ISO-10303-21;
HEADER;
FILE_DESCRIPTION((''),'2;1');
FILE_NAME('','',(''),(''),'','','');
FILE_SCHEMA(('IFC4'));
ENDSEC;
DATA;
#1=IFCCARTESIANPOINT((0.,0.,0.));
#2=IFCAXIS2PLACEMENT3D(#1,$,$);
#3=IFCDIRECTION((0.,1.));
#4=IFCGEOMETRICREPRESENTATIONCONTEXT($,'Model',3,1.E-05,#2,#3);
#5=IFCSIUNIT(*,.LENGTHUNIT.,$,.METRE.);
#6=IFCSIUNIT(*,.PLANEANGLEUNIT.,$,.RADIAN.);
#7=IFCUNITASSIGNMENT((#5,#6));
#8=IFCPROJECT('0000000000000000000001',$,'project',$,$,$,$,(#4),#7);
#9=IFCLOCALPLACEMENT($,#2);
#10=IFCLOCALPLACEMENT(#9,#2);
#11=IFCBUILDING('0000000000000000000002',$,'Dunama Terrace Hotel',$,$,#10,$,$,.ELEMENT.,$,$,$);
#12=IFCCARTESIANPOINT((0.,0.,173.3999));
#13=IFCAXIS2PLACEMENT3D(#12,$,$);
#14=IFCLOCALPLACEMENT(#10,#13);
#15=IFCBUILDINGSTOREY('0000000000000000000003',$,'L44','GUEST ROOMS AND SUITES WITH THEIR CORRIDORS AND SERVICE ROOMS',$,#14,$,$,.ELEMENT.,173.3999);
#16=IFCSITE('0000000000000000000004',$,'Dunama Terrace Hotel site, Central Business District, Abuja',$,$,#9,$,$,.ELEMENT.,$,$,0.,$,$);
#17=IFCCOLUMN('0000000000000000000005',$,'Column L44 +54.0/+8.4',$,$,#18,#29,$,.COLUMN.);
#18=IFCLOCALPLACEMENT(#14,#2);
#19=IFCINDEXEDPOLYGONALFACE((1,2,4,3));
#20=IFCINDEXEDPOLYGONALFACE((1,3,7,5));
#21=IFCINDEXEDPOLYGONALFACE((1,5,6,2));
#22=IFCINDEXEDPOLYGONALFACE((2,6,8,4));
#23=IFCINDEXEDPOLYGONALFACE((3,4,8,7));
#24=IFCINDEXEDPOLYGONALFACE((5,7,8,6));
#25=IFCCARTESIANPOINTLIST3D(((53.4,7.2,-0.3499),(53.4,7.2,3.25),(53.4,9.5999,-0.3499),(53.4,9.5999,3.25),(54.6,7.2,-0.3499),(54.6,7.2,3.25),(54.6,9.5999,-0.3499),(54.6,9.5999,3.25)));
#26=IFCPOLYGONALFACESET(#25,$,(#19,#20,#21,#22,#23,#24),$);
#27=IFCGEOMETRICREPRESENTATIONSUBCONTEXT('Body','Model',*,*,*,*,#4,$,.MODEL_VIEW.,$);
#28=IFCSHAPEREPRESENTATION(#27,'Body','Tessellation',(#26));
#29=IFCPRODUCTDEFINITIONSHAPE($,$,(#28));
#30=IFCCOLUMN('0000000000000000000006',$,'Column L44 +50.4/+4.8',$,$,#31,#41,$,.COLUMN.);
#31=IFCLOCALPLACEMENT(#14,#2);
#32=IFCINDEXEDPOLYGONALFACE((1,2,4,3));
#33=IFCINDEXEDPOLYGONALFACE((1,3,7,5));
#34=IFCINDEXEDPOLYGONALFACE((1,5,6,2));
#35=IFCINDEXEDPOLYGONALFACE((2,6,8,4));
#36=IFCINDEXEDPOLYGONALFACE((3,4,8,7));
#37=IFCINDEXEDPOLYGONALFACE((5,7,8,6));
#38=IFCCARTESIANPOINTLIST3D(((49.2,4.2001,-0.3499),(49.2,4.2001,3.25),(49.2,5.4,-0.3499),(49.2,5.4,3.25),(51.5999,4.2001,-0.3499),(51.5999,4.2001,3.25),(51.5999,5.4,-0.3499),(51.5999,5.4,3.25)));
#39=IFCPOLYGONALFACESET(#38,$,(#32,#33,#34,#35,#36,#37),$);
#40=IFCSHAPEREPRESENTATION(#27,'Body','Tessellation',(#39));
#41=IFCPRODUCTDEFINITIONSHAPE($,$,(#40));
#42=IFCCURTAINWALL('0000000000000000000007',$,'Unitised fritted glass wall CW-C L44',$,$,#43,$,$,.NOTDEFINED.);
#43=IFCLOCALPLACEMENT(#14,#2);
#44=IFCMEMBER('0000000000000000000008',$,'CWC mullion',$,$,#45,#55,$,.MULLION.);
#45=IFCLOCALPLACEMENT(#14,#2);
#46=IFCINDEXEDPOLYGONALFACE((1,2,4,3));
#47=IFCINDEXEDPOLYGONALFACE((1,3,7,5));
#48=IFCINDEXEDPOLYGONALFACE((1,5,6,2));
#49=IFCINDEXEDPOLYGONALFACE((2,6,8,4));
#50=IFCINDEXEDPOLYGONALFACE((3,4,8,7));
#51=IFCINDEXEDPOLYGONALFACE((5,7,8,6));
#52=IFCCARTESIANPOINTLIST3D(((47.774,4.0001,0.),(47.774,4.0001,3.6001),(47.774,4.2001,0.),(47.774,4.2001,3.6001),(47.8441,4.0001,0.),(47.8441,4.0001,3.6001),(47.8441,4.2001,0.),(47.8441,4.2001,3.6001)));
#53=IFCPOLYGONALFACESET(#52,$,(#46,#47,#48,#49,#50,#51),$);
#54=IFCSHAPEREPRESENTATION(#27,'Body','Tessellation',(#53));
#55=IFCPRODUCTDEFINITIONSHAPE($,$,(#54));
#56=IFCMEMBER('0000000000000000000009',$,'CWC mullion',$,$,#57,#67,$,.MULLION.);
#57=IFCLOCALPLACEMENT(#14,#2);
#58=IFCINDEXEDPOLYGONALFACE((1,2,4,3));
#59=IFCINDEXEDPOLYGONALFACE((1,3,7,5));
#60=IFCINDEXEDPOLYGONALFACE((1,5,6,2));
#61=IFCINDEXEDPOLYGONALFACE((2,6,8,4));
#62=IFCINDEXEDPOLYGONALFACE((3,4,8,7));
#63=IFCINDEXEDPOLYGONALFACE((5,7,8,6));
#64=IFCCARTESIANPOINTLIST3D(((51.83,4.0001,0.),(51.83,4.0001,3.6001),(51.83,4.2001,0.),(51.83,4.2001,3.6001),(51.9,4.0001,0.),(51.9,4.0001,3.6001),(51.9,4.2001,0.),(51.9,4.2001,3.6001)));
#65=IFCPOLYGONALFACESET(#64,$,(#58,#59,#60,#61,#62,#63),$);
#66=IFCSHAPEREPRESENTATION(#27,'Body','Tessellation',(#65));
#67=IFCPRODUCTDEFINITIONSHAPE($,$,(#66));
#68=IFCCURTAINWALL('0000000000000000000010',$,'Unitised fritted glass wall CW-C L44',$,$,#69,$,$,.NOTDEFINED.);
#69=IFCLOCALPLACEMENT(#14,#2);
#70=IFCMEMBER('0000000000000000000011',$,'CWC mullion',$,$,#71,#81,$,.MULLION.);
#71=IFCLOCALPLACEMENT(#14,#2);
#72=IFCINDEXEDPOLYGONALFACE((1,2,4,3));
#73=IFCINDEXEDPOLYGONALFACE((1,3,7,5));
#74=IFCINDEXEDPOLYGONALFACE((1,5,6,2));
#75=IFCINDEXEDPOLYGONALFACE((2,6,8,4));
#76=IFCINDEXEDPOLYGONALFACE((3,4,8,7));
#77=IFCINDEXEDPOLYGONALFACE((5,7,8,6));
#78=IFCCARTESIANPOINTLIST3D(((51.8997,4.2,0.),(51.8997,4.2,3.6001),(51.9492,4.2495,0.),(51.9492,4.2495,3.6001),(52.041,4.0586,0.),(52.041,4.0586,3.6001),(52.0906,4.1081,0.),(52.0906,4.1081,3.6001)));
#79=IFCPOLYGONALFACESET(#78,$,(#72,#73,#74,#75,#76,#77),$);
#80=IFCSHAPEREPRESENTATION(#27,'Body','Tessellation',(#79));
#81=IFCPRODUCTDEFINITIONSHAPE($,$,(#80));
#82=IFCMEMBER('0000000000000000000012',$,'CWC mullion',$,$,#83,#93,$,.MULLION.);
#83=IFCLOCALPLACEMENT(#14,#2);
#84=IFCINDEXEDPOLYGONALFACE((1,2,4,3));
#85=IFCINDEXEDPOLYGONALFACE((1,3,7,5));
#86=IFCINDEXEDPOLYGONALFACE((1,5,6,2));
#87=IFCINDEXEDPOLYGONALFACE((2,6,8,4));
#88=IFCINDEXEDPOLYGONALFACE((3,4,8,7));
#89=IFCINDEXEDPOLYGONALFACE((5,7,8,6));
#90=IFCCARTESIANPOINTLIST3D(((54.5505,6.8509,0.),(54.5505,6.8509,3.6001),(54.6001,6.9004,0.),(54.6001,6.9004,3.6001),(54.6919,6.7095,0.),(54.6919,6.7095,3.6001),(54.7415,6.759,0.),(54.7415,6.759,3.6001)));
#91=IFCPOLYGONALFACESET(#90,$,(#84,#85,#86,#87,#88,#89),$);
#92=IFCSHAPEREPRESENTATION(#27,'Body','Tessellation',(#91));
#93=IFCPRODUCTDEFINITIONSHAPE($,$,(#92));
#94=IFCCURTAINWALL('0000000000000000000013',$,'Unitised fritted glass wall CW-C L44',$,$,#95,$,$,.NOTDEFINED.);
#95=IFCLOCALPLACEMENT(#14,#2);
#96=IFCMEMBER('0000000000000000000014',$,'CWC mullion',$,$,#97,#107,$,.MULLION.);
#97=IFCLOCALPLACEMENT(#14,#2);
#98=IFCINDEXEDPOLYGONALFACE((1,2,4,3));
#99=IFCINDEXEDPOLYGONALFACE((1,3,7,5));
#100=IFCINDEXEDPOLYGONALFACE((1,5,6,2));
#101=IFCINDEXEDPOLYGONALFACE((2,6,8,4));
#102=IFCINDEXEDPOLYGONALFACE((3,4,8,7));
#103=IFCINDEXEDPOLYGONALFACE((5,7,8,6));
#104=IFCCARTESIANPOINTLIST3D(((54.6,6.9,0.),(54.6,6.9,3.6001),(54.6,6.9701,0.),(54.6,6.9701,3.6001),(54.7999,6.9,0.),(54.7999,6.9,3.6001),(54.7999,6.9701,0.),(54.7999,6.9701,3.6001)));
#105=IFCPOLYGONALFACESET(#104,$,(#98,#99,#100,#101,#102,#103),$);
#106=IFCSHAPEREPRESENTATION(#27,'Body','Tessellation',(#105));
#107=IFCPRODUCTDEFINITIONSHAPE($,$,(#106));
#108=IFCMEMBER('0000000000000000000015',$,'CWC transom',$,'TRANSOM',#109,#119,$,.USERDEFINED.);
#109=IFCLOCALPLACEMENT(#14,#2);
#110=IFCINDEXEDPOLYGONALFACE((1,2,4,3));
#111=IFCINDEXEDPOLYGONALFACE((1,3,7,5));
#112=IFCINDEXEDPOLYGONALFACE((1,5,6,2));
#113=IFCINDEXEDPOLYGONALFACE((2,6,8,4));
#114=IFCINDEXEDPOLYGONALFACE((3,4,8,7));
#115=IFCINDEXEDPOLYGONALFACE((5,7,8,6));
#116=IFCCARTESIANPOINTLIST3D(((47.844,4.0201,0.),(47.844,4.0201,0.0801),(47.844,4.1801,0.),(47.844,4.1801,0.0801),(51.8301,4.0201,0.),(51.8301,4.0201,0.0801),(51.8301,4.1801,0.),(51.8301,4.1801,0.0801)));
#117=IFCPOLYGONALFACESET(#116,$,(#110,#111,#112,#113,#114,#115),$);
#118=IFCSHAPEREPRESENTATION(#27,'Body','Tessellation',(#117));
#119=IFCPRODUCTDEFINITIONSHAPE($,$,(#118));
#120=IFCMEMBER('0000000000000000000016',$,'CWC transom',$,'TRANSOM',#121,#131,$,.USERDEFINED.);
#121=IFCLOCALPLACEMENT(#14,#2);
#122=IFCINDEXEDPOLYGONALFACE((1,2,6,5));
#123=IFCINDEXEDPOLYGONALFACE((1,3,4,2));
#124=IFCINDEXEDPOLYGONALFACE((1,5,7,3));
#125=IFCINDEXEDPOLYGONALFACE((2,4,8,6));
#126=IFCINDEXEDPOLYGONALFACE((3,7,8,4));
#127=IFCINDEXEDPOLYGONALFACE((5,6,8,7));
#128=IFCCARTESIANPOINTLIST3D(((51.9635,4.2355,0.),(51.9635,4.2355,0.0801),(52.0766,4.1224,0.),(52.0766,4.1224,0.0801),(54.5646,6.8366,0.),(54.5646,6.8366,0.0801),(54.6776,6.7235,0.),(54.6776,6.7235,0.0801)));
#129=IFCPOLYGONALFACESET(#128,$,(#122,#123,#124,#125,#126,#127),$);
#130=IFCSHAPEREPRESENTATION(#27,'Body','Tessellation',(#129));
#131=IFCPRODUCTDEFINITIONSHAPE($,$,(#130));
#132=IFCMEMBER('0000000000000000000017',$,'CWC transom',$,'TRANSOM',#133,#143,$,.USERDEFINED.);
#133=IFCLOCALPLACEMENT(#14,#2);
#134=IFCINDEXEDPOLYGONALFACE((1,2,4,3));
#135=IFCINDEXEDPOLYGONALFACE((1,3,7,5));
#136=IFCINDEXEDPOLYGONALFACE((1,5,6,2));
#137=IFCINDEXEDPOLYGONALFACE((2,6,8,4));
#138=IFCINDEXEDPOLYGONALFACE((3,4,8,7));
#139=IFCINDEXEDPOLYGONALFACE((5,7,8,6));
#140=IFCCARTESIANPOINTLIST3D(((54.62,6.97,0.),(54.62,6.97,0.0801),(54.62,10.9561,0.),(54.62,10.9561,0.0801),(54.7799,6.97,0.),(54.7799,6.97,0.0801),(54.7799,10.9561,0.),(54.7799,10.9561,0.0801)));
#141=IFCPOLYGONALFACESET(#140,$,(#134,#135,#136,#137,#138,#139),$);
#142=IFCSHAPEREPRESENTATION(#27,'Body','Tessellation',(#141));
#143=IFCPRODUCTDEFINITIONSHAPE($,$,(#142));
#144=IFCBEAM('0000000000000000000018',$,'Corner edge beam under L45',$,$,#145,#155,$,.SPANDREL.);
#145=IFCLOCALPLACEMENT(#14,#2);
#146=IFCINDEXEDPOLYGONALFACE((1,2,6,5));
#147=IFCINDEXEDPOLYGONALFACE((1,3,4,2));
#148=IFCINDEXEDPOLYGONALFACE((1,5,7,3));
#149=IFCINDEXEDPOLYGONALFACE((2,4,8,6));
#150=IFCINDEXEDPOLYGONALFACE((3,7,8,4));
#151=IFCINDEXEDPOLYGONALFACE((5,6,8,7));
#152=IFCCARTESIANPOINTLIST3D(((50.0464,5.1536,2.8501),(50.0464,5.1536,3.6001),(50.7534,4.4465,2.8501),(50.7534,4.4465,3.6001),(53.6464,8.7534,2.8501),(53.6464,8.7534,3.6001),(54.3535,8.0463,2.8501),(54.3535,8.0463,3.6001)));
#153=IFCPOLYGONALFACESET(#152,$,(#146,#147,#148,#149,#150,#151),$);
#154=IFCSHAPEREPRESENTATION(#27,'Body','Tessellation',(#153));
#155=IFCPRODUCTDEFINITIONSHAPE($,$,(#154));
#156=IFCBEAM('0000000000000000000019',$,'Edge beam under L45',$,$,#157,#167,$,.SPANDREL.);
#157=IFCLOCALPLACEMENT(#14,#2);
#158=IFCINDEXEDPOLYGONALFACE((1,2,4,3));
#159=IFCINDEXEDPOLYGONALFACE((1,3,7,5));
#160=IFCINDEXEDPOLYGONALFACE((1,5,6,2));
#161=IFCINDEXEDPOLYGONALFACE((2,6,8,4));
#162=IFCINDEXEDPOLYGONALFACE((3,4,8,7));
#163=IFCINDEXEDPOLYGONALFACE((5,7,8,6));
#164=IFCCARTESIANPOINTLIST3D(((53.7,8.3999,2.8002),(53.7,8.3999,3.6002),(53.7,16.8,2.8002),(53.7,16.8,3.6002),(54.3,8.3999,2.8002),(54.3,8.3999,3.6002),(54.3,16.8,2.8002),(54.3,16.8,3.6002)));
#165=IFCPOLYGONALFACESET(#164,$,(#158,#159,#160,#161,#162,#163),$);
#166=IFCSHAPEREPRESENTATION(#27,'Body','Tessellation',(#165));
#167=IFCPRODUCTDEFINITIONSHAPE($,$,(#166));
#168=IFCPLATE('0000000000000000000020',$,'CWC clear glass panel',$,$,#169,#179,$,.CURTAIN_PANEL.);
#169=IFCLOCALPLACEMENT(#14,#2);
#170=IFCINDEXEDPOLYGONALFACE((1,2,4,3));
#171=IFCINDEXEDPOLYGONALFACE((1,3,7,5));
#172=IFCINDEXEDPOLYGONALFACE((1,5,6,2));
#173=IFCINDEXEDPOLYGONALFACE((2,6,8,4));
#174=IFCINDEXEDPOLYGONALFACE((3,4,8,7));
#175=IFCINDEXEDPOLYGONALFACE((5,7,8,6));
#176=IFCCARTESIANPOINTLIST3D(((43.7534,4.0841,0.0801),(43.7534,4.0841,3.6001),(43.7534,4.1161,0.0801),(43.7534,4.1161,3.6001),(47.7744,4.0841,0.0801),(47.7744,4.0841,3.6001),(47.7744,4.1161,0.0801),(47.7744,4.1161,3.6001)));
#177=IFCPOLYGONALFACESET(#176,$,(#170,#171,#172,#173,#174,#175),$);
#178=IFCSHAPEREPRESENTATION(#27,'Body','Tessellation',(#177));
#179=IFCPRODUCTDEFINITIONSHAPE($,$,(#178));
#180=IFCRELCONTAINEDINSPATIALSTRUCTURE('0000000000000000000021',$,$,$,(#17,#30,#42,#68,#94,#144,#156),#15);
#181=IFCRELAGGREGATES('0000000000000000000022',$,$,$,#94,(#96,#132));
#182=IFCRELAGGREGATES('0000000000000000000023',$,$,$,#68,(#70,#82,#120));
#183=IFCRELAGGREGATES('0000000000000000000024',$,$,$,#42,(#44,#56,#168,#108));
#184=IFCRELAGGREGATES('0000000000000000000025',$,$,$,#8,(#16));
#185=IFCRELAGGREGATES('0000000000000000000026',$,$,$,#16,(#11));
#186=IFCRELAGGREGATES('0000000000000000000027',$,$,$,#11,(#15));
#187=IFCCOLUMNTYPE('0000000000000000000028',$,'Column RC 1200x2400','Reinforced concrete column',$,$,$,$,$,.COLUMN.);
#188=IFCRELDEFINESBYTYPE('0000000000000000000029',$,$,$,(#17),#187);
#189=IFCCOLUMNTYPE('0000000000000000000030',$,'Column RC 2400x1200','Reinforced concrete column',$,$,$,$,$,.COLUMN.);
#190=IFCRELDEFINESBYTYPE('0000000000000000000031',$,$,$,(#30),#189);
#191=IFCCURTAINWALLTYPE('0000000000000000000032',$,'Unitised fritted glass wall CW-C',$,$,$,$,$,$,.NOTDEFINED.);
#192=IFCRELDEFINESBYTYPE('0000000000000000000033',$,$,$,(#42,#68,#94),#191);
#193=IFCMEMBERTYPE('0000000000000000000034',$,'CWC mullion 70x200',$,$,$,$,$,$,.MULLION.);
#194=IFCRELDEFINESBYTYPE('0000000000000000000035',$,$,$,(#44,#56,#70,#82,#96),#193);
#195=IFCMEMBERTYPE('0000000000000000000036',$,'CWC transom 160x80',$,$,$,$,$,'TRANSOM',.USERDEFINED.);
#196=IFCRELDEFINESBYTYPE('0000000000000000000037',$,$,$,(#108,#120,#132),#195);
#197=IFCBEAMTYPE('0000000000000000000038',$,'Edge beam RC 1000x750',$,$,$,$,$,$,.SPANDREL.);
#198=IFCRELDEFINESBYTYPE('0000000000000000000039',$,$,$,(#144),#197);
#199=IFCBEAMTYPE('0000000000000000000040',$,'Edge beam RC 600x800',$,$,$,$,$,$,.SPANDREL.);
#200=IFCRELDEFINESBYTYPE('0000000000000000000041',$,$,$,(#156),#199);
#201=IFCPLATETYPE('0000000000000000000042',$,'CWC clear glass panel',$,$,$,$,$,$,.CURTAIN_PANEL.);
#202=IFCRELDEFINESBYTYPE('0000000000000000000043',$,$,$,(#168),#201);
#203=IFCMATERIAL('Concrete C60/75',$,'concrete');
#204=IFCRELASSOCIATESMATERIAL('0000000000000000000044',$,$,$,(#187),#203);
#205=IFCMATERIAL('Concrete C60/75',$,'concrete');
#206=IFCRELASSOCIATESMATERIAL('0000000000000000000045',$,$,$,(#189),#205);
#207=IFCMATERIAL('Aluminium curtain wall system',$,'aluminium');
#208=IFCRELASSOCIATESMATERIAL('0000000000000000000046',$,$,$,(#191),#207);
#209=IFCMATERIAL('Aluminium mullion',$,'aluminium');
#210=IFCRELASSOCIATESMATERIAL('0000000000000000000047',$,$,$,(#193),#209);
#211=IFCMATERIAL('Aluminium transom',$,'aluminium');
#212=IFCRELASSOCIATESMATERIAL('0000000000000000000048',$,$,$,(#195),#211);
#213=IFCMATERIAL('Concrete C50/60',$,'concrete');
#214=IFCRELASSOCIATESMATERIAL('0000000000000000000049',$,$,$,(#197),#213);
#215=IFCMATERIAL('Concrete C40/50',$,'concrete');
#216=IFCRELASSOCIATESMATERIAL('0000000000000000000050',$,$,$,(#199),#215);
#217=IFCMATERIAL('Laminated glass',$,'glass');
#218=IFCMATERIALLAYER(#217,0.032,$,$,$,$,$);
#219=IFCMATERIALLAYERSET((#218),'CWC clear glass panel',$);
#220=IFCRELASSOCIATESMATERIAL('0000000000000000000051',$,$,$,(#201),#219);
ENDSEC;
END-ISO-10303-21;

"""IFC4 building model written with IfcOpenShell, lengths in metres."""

from ifc_helpers import new_model, si_unit, direction, frame, origin, origin_2d, place, context, subcontext, project, spatial, rectangle, extrude, material, layer, layer_set, material_profile, profile_set, type_object, element, aggregate, save


model = new_model("IFC4")

# Units and contexts
model_context = context("Model", 3, precision=1e-05, world=origin(), true_north=direction((0.0, 1.0)))
body_context = subcontext(model_context, "Body", "Model", "MODEL_VIEW")
ifc_project = project(units=[si_unit("LENGTHUNIT", "METRE"), si_unit("PLANEANGLEUNIT", "RADIAN")], contexts=[model_context])

# Site, building, storey
site_placement = place(None, origin())
site = spatial("IfcSite", under=ifc_project, at=site_placement, Name="Dunama Terrace Hotel site, Central Business District, Abuja", CompositionType="ELEMENT", RefElevation=0.0)
building_placement = place(site_placement, origin())
building = spatial("IfcBuilding", under=site, at=building_placement, Name="Dunama Terrace Hotel", CompositionType="ELEMENT")
storey_placement = place(building_placement, frame((0.0, 0.0, 173.3999)))
storey = spatial("IfcBuildingStorey", under=building, at=storey_placement, Name="L44", Description="GUEST ROOMS AND SUITES WITH THEIR CORRIDORS AND SERVICE ROOMS", CompositionType="ELEMENT", Elevation=173.3999)

# Columns
ifc_material_1 = material(Name="Concrete C60/75", Category="concrete")
ifc_material_profile_1 = material_profile(ifc_material_1, rectangle(XDim=1.2, YDim=2.3999, at=origin_2d()), Name="RC 1200x2400")
ifc_profile_set_1 = profile_set([ifc_material_profile_1], Name="Concrete C60/75")
column_type_1 = type_object("IfcColumnType", Name="Column RC 1200x2400", Description="Reinforced concrete column", PredefinedType="COLUMN", material=ifc_profile_set_1)
column_1_placement = place(storey_placement, frame((54.0, 8.3999, -0.3499), z_axis=(0.0, 0.0, 1.0), x_axis=(1.0, 0.0, 0.0)))
element("IfcColumn", 1, at=column_1_placement, inside=storey, type_object=column_type_1, Name="Column L44 +54.0/+8.4", PredefinedType="COLUMN", context=body_context, shape_type="SweptSolid", body=[
    extrude(rectangle(XDim=1.2, YDim=2.3999, at=origin_2d()), origin(), (0.0, 0.0, 1.0), 3.5999),
])
ifc_material_2 = material(Name="Concrete C60/75", Category="concrete")
ifc_material_profile_2 = material_profile(ifc_material_2, rectangle(XDim=2.3999, YDim=1.2, at=origin_2d()), Name="RC 2400x1200")
ifc_profile_set_2 = profile_set([ifc_material_profile_2], Name="Concrete C60/75")
column_type_2 = type_object("IfcColumnType", Name="Column RC 2400x1200", Description="Reinforced concrete column", PredefinedType="COLUMN", material=ifc_profile_set_2)
column_2_placement = place(storey_placement, frame((50.3999, 4.8, -0.3499), z_axis=(0.0, 0.0, 1.0), x_axis=(1.0, 0.0, 0.0)))
element("IfcColumn", 2, at=column_2_placement, inside=storey, type_object=column_type_2, Name="Column L44 +50.4/+4.8", PredefinedType="COLUMN", context=body_context, shape_type="SweptSolid", body=[
    extrude(rectangle(XDim=2.3999, YDim=1.2, at=origin_2d()), origin(), (0.0, 0.0, 1.0), 3.5999),
])

# Curtain walls, members
ifc_material_3 = material(Name="Aluminium curtain wall system", Category="aluminium")
curtain_wall_type = type_object("IfcCurtainWallType", Name="Unitised fritted glass wall CW-C", PredefinedType="NOTDEFINED", material=ifc_material_3)
curtain_wall_1_placement = place(storey_placement, origin())
curtain_wall_1 = element("IfcCurtainWall", 3, at=curtain_wall_1_placement, inside=storey, type_object=curtain_wall_type, Name="Unitised fritted glass wall CW-C L44", PredefinedType="NOTDEFINED")
ifc_material_4 = material(Name="Aluminium mullion", Category="aluminium")
ifc_material_profile_3 = material_profile(ifc_material_4, rectangle(XDim=0.0701, YDim=0.2, at=origin_2d()), Name="CWC MULLION 70X200")
ifc_profile_set_3 = profile_set([ifc_material_profile_3], Name="Aluminium mullion")
member_type_1 = type_object("IfcMemberType", Name="CWC mullion 70x200", PredefinedType="MULLION", material=ifc_profile_set_3)
member_1_placement = place(storey_placement, frame((47.8091, 4.1001, 0.0), z_axis=(0.0, 0.0, 1.0), x_axis=(1.0, 0.0, 0.0)))
member_1 = element("IfcMember", 4, at=member_1_placement, type_object=member_type_1, Name="CWC mullion", PredefinedType="MULLION", context=body_context, shape_type="SweptSolid", body=[
    extrude(rectangle(XDim=0.0701, YDim=0.2, at=origin_2d()), origin(), (0.0, 0.0, 1.0), 3.6001),
])
member_2_placement = place(storey_placement, frame((51.865, 4.1001, 0.0), z_axis=(0.0, 0.0, 1.0), x_axis=(1.0, 0.0, 0.0)))
member_2 = element("IfcMember", 5, at=member_2_placement, type_object=member_type_1, Name="CWC mullion", PredefinedType="MULLION", context=body_context, shape_type="SweptSolid", body=[
    extrude(rectangle(XDim=0.0701, YDim=0.2, at=origin_2d()), origin(), (0.0, 0.0, 1.0), 3.6001),
])
curtain_wall_2_placement = place(storey_placement, origin())
curtain_wall_2 = element("IfcCurtainWall", 6, at=curtain_wall_2_placement, inside=storey, type_object=curtain_wall_type, Name="Unitised fritted glass wall CW-C L44", PredefinedType="NOTDEFINED")
member_3_placement = place(storey_placement, frame((51.9951, 4.1541, 0.0), z_axis=(0.0, 0.0, 1.0), x_axis=(0.707107, 0.707107, 0.0)))
member_3 = element("IfcMember", 7, at=member_3_placement, type_object=member_type_1, Name="CWC mullion", PredefinedType="MULLION", context=body_context, shape_type="SweptSolid", body=[
    extrude(rectangle(XDim=0.0701, YDim=0.2, at=origin_2d()), origin(), (0.0, 0.0, 1.0), 3.6001),
])
member_4_placement = place(storey_placement, frame((54.646, 6.8049, 0.0), z_axis=(0.0, 0.0, 1.0), x_axis=(0.707107, 0.707107, 0.0)))
member_4 = element("IfcMember", 8, at=member_4_placement, type_object=member_type_1, Name="CWC mullion", PredefinedType="MULLION", context=body_context, shape_type="SweptSolid", body=[
    extrude(rectangle(XDim=0.0701, YDim=0.2, at=origin_2d()), origin(), (0.0, 0.0, 1.0), 3.6001),
])

# Curtain wall, member
curtain_wall_3_placement = place(storey_placement, origin())
curtain_wall_3 = element("IfcCurtainWall", 9, at=curtain_wall_3_placement, inside=storey, type_object=curtain_wall_type, Name="Unitised fritted glass wall CW-C L44", PredefinedType="NOTDEFINED")
member_5_placement = place(storey_placement, frame((54.7, 6.9351, 0.0), z_axis=(0.0, 0.0, 1.0), x_axis=(0.0, 1.0, 0.0)))
member_5 = element("IfcMember", 10, at=member_5_placement, type_object=member_type_1, Name="CWC mullion", PredefinedType="MULLION", context=body_context, shape_type="SweptSolid", body=[
    extrude(rectangle(XDim=0.0701, YDim=0.2, at=origin_2d()), origin(), (0.0, 0.0, 1.0), 3.6001),
])

# Members
ifc_material_5 = material(Name="Aluminium transom", Category="aluminium")
ifc_material_profile_4 = material_profile(ifc_material_5, rectangle(XDim=0.1599, YDim=0.0801, at=origin_2d()), Name="CWC TRANSOM 160X80")
ifc_profile_set_4 = profile_set([ifc_material_profile_4], Name="Aluminium transom")
member_type_2 = type_object("IfcMemberType", Name="CWC transom 160x80", ElementType="TRANSOM", PredefinedType="USERDEFINED", material=ifc_profile_set_4)
member_6_placement = place(storey_placement, frame((47.844, 4.1001, 0.04), z_axis=(1.0, 0.0, 0.0), x_axis=(0.0, 1.0, 0.0)))
member_6 = element("IfcMember", 11, at=member_6_placement, type_object=member_type_2, Name="CWC transom", ObjectType="TRANSOM", PredefinedType="USERDEFINED", context=body_context, shape_type="SweptSolid", body=[
    extrude(rectangle(XDim=0.1599, YDim=0.0801, at=origin_2d()), origin(), (0.0, 0.0, 1.0), 3.9861),
])
member_7_placement = place(storey_placement, frame((52.02, 4.179, 0.04), z_axis=(0.707107, 0.707107, 0.0), x_axis=(-0.707107, 0.707107, 0.0)))
member_7 = element("IfcMember", 12, at=member_7_placement, type_object=member_type_2, Name="CWC transom", ObjectType="TRANSOM", PredefinedType="USERDEFINED", context=body_context, shape_type="SweptSolid", body=[
    extrude(rectangle(XDim=0.1599, YDim=0.0801, at=origin_2d()), origin(), (0.0, 0.0, 1.0), 3.6785),
])
member_8_placement = place(storey_placement, frame((54.7, 6.97, 0.04), z_axis=(0.0, 1.0, 0.0), x_axis=(-1.0, 0.0, 0.0)))
member_8 = element("IfcMember", 13, at=member_8_placement, type_object=member_type_2, Name="CWC transom", ObjectType="TRANSOM", PredefinedType="USERDEFINED", context=body_context, shape_type="SweptSolid", body=[
    extrude(rectangle(XDim=0.1599, YDim=0.0801, at=origin_2d()), origin(), (0.0, 0.0, 1.0), 3.9861),
])

# Beams
ifc_material_6 = material(Name="Concrete C50/60", Category="concrete")
ifc_material_profile_5 = material_profile(ifc_material_6, rectangle(XDim=1.0, YDim=0.75, at=origin_2d()), Name="RC 1000x750")
ifc_profile_set_5 = profile_set([ifc_material_profile_5], Name="Concrete C50/60")
beam_type_1 = type_object("IfcBeamType", Name="Edge beam RC 1000x750", PredefinedType="SPANDREL", material=ifc_profile_set_5)
beam_1_placement = place(storey_placement, frame((50.3999, 4.8, 3.2251), z_axis=(0.707131, 0.707083, 0.0), x_axis=(-0.707083, 0.707131, 0.0)))
element("IfcBeam", 14, at=beam_1_placement, inside=storey, type_object=beam_type_1, Name="Corner edge beam under L45", PredefinedType="SPANDREL", context=body_context, shape_type="SweptSolid", body=[
    extrude(rectangle(XDim=1.0, YDim=0.75, at=origin_2d()), origin(), (0.0, 0.0, 1.0), 5.0911),
])
ifc_material_7 = material(Name="Concrete C40/50", Category="concrete")
ifc_material_profile_6 = material_profile(ifc_material_7, rectangle(XDim=0.6001, YDim=0.8, at=origin_2d()), Name="RC 600x800")
ifc_profile_set_6 = profile_set([ifc_material_profile_6], Name="Concrete C40/50")
beam_type_2 = type_object("IfcBeamType", Name="Edge beam RC 600x800", PredefinedType="SPANDREL", material=ifc_profile_set_6)
beam_2_placement = place(storey_placement, frame((54.0, 8.3999, 3.2002), z_axis=(0.0, 1.0, 0.0), x_axis=(-1.0, 0.0, 0.0)))
element("IfcBeam", 15, at=beam_2_placement, inside=storey, type_object=beam_type_2, Name="Edge beam under L45", PredefinedType="SPANDREL", context=body_context, shape_type="SweptSolid", body=[
    extrude(rectangle(XDim=0.6001, YDim=0.8, at=origin_2d()), origin(), (0.0, 0.0, 1.0), 8.4001),
])

# Plate
ifc_material_8 = material(Name="Laminated glass", Category="glass")
ifc_layer_1 = layer(ifc_material_8, 0.032)
ifc_layer_set_1 = layer_set([ifc_layer_1], Name="CWC clear glass panel")
plate_type_1 = type_object("IfcPlateType", Name="CWC clear glass panel", PredefinedType="CURTAIN_PANEL", material=ifc_layer_set_1)
plate_1_placement = place(storey_placement, frame((45.7639, 4.1001, 0.0801), z_axis=(0.0, 0.0, 1.0), x_axis=(1.0, 0.0, 0.0)))
plate_1 = element("IfcPlate", 16, at=plate_1_placement, type_object=plate_type_1, Name="CWC clear glass panel", PredefinedType="CURTAIN_PANEL", context=body_context, shape_type="SweptSolid", body=[
    extrude(rectangle(XDim=4.021, YDim=0.032, at=origin_2d()), origin(), (0.0, 0.0, 1.0), 3.52),
])
aggregate(curtain_wall_3, [member_5, member_8])
aggregate(curtain_wall_2, [member_3, member_4, member_7])
aggregate(curtain_wall_1, [member_1, member_2, plate_1, member_6])

save(model, "model.ifc")
